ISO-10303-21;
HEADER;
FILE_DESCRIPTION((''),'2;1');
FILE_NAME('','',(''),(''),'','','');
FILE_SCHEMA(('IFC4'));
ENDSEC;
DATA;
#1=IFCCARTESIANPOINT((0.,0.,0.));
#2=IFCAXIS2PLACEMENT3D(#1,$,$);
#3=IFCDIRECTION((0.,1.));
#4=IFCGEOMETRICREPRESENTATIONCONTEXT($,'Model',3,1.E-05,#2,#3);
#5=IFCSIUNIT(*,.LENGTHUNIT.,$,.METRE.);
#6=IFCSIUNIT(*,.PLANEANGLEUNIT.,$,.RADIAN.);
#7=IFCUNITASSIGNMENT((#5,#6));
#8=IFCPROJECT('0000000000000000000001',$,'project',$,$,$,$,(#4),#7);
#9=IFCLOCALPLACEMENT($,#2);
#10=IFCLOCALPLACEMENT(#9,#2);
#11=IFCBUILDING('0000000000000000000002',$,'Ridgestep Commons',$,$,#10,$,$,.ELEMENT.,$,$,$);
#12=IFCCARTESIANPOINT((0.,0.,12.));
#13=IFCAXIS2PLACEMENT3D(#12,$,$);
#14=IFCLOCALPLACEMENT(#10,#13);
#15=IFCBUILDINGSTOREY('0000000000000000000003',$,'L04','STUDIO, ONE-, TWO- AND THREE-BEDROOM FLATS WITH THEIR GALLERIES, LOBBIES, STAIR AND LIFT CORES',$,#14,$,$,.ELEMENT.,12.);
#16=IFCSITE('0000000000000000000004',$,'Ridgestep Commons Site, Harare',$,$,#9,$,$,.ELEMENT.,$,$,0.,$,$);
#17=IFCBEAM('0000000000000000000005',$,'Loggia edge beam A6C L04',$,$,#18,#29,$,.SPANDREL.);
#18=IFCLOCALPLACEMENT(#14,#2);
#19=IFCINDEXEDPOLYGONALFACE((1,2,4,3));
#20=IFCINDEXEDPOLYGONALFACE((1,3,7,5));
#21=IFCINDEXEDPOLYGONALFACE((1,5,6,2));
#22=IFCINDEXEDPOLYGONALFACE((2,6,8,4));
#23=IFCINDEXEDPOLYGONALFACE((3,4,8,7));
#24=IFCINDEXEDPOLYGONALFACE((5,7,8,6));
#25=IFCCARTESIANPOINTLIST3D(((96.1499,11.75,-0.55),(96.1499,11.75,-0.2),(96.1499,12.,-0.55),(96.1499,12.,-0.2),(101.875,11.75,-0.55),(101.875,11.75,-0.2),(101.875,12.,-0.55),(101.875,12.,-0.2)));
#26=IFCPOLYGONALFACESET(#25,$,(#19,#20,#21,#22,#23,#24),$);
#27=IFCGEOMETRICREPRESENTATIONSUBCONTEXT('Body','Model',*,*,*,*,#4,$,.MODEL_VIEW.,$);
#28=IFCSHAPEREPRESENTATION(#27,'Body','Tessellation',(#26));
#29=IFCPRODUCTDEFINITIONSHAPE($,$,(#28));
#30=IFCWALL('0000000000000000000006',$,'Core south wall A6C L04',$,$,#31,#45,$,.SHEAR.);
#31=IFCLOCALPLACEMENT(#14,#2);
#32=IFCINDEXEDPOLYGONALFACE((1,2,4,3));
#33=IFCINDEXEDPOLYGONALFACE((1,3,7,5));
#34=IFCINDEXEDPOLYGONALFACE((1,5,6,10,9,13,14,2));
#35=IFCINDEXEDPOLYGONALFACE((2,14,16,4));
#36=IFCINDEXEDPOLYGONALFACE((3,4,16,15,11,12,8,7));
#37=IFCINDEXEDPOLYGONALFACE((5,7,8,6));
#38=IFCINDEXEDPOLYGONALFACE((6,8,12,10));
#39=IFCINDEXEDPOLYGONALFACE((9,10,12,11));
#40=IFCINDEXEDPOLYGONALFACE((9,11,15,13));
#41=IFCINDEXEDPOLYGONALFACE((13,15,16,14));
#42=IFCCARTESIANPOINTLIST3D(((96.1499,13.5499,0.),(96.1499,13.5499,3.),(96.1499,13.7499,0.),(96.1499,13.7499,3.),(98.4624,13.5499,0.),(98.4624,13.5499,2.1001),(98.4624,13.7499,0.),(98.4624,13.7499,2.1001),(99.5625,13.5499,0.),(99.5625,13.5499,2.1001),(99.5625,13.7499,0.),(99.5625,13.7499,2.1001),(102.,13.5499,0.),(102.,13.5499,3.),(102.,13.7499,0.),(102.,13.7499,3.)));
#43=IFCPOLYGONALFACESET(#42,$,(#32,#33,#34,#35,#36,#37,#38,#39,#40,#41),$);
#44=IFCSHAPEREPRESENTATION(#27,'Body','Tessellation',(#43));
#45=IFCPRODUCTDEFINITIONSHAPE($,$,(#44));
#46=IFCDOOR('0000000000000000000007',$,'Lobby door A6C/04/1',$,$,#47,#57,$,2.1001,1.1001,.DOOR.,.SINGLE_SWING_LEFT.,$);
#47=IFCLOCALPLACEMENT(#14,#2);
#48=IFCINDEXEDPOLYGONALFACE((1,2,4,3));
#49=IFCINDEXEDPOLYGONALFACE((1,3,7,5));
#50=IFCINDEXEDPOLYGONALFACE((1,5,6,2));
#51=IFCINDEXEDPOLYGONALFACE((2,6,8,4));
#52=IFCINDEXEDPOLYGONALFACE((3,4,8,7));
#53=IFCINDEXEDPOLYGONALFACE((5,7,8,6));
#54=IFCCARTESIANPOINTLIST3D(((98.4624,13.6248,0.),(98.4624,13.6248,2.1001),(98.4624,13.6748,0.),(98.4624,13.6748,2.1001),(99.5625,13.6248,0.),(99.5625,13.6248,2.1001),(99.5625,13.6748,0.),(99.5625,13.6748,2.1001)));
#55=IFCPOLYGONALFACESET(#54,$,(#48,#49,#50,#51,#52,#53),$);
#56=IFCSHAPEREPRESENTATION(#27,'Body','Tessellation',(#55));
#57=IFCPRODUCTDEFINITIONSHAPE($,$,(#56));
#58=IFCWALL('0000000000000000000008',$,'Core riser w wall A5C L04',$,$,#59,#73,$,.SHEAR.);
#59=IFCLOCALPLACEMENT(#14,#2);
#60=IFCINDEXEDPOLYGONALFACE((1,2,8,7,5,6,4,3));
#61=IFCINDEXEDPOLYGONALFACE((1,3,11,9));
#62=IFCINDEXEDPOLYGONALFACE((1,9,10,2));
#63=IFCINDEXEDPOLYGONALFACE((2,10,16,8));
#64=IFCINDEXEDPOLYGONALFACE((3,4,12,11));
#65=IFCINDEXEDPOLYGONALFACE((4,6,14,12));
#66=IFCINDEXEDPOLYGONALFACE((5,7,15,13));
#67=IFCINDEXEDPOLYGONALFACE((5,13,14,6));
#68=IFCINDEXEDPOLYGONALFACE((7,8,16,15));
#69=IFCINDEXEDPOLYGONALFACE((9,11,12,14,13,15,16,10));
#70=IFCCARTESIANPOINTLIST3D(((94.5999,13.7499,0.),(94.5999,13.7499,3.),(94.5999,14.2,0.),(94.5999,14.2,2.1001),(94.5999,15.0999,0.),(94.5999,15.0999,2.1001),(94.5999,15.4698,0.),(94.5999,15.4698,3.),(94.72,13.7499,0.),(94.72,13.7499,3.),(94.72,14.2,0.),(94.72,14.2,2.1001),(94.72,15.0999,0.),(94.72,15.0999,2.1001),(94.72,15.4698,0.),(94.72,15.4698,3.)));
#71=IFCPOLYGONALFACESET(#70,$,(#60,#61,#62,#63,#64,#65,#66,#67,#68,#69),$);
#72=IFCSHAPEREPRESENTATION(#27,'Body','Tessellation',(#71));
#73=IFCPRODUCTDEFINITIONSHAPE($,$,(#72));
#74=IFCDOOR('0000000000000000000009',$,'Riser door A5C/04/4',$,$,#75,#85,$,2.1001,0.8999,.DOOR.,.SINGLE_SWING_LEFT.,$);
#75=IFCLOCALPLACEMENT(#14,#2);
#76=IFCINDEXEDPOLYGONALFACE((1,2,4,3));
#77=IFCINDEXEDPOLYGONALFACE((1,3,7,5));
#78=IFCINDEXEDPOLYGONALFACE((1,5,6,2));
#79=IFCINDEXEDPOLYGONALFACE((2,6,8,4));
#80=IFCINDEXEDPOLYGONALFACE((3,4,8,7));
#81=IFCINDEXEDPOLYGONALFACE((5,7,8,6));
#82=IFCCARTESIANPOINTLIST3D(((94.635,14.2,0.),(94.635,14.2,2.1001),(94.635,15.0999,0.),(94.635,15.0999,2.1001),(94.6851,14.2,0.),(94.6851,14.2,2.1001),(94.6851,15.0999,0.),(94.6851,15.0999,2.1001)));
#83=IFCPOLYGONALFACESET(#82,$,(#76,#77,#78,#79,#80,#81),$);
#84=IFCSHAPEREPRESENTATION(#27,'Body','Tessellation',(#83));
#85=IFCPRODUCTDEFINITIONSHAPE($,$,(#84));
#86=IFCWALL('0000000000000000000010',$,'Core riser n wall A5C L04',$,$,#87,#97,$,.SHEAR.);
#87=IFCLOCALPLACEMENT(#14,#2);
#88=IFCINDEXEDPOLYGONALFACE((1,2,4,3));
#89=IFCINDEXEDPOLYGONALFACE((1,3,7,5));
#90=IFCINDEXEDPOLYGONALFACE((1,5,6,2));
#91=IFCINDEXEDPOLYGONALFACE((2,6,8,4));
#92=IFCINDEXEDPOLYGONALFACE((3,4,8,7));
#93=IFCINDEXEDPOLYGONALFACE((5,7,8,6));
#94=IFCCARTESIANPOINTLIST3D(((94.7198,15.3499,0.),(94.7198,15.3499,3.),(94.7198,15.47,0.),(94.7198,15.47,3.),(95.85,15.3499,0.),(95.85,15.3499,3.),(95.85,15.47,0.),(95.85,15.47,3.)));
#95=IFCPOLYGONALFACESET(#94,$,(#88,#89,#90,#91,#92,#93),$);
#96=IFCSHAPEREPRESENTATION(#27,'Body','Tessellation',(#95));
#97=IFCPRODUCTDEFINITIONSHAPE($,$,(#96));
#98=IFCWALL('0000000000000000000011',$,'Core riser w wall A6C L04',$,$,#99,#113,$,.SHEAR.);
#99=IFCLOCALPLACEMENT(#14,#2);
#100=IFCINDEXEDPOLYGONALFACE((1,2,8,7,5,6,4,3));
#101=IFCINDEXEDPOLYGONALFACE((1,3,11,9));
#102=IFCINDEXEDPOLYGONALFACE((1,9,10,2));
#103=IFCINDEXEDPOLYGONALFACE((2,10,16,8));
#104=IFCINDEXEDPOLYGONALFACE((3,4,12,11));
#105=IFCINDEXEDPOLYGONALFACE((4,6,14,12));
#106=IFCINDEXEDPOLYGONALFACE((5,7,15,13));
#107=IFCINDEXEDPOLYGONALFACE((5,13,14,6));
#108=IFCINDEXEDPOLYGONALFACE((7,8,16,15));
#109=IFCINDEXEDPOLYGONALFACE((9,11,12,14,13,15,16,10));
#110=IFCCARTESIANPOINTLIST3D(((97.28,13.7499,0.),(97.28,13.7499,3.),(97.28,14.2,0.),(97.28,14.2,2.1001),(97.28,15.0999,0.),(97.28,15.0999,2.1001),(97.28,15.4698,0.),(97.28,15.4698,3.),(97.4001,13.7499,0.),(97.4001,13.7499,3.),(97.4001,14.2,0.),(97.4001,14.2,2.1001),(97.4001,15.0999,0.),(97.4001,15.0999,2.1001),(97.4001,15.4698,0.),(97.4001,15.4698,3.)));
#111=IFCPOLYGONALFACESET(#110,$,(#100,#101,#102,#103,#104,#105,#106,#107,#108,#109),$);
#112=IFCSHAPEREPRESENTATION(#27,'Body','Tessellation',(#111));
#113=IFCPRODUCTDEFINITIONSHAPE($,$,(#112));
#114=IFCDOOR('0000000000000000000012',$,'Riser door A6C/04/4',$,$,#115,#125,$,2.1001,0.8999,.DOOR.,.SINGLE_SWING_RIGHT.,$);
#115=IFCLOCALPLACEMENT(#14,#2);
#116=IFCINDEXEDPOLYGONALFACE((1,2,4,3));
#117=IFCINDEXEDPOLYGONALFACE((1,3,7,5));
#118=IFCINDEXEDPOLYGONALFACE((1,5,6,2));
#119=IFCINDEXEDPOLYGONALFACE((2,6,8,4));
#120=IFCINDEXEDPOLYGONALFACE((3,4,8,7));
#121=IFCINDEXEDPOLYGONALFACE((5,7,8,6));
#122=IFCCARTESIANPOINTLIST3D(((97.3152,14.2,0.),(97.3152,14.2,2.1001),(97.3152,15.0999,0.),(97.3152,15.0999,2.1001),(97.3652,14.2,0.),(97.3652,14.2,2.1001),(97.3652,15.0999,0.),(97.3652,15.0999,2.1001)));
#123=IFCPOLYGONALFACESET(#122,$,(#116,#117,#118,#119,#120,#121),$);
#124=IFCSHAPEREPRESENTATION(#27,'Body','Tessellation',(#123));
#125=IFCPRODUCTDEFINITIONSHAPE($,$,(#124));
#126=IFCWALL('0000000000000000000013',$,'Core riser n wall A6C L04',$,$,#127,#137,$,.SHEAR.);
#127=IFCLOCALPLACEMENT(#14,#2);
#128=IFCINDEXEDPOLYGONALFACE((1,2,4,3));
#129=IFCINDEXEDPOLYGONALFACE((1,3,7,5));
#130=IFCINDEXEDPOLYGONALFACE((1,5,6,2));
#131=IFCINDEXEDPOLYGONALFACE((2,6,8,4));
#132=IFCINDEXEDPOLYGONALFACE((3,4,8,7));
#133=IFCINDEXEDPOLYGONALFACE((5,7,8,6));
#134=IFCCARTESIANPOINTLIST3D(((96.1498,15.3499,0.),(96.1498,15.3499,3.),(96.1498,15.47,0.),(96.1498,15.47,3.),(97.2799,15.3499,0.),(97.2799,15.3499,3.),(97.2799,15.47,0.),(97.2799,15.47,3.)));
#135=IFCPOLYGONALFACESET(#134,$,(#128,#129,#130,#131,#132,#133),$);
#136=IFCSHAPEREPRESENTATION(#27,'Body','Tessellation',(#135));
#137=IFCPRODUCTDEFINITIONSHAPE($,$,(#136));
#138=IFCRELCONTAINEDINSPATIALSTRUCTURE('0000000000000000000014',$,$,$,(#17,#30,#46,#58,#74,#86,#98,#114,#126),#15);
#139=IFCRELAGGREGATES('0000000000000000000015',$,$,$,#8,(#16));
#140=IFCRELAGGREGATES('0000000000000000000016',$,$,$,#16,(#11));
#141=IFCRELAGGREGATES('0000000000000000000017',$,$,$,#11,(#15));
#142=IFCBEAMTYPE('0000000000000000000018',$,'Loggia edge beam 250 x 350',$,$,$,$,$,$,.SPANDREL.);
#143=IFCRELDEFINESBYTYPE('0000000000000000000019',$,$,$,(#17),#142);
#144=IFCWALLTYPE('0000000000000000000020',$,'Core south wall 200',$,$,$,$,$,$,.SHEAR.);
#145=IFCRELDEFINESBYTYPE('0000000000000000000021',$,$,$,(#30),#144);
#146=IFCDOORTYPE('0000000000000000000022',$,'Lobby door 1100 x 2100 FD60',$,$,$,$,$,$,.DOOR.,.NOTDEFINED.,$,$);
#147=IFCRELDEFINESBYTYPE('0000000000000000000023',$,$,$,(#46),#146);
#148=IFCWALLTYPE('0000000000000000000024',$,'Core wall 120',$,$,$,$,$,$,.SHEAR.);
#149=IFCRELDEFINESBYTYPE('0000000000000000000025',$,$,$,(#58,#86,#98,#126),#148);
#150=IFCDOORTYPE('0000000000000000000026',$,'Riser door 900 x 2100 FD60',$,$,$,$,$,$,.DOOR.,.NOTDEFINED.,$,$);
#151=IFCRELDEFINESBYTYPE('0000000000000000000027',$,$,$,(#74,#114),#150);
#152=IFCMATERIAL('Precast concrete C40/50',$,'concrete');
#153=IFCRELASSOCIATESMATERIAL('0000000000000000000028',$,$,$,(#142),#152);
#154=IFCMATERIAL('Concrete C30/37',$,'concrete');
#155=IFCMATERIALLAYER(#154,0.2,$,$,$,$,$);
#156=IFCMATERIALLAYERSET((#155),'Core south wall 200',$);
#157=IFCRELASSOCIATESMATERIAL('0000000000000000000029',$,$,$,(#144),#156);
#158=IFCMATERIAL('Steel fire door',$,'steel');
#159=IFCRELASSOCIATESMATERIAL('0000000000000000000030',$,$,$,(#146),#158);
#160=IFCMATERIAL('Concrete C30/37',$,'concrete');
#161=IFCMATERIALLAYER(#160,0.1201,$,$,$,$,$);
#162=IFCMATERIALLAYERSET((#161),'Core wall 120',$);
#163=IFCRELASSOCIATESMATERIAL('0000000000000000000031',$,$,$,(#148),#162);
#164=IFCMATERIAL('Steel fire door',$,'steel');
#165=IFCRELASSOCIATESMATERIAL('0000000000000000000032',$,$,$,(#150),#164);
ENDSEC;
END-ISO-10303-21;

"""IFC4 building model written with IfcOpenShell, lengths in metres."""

from ifc_helpers import new_model, si_unit, direction, frame, frame_2d, origin, origin_2d, place, context, subcontext, project, spatial, rectangle, extrude, material, layer, layer_set, material_profile, profile_set, type_object, element, fill, save


model = new_model("IFC4")

# Units and contexts
model_context = context("Model", 3, precision=1e-05, world=origin(), true_north=direction((0.0, 1.0)))
body_context = subcontext(model_context, "Body", "Model", "MODEL_VIEW")
ifc_project = project(units=[si_unit("LENGTHUNIT", "METRE"), si_unit("PLANEANGLEUNIT", "RADIAN")], contexts=[model_context])

# Site, building, storey
site_placement = place(None, origin())
site = spatial("IfcSite", under=ifc_project, at=site_placement, Name="Ridgestep Commons Site, Harare", CompositionType="ELEMENT", RefElevation=0.0)
building_placement = place(site_placement, origin())
building = spatial("IfcBuilding", under=site, at=building_placement, Name="Ridgestep Commons", CompositionType="ELEMENT")
storey_placement = place(building_placement, frame((0.0, 0.0, 12.0)))
storey = spatial("IfcBuildingStorey", under=building, at=storey_placement, Name="L04", Description="STUDIO, ONE-, TWO- AND THREE-BEDROOM FLATS WITH THEIR GALLERIES, LOBBIES, STAIR AND LIFT CORES", CompositionType="ELEMENT", Elevation=12.0)

# Beam
ifc_material_1 = material(Name="Precast concrete C40/50", Category="concrete")
ifc_material_profile = material_profile(ifc_material_1, rectangle(XDim=0.25, YDim=0.3501, at=origin_2d()), Name="PC 250x350")
ifc_profile_set = profile_set([ifc_material_profile], Name="Precast concrete C40/50")
beam_type = type_object("IfcBeamType", Name="Loggia edge beam 250 x 350", PredefinedType="SPANDREL", material=ifc_profile_set)
beam_placement = place(storey_placement, frame((96.1499, 11.875, -0.375), z_axis=(1.0, 0.0, 0.0), x_axis=(0.0, 1.0, 0.0)))
element("IfcBeam", 1, at=beam_placement, inside=storey, type_object=beam_type, Name="Loggia edge beam A6C L04", PredefinedType="SPANDREL", context=body_context, shape_type="SweptSolid", body=[
    extrude(rectangle(XDim=0.25, YDim=0.3501, at=origin_2d()), origin(), (0.0, 0.0, 1.0), 5.7251),
])

# Walls, openings, doors
ifc_material_2 = material(Name="Concrete C30/37", Category="concrete")
ifc_layer_1 = layer(ifc_material_2, 0.2)
ifc_layer_set_1 = layer_set([ifc_layer_1], Name="Core south wall 200")
wall_type_1 = type_object("IfcWallType", Name="Core south wall 200", PredefinedType="SHEAR", material=ifc_layer_set_1)
wall_1_placement = place(storey_placement, frame((96.1499, 13.6499, 0.0), z_axis=(0.0, 0.0, 1.0), x_axis=(1.0, 0.0, 0.0)))
wall_1 = element("IfcWall", 2, at=wall_1_placement, inside=storey, type_object=wall_type_1, Name="Core south wall A6C L04", PredefinedType="SHEAR", context=body_context, shape_type="SweptSolid", body=[
    extrude(rectangle(XDim=5.8501, YDim=0.2, at=frame_2d((2.925, 0.0))), origin(), (0.0, 0.0, 1.0), 3.0),
])
opening_1_placement = place(wall_1_placement, frame((2.3125, 0.0, 0.0)))
opening_1 = element("IfcOpeningElement", 3, at=opening_1_placement, cuts=wall_1, PredefinedType="OPENING", context=body_context, shape_type="SweptSolid", body=[
    extrude(rectangle(XDim=1.1001, YDim=2.1001, at=frame_2d((0.55, 1.05))), frame((0.0, 0.1099, 0.0), z_axis=(0.0, -1.0, 0.0), x_axis=(1.0, 0.0, 0.0)), (0.0, 0.0, 1.0), 0.22),
])
ifc_material_3 = material(Name="Steel fire door", Category="steel")
door_type_1 = type_object("IfcDoorType", Name="Lobby door 1100 x 2100 FD60", OperationType="NOTDEFINED", PredefinedType="DOOR", material=ifc_material_3)
door_1_placement = place(opening_1_placement, origin())
door_1 = element("IfcDoor", 4, at=door_1_placement, inside=storey, type_object=door_type_1, Name="Lobby door A6C/04/1", OperationType="SINGLE_SWING_LEFT", OverallHeight=2.1001, OverallWidth=1.1001, PredefinedType="DOOR", context=body_context, shape_type="SweptSolid", body=[
    extrude(rectangle(XDim=1.1001, YDim=2.1001, at=frame_2d((0.55, 1.05))), frame((0.0, 0.0249, 0.0), z_axis=(0.0, -1.0, 0.0), x_axis=(1.0, 0.0, 0.0)), (0.0, 0.0, 1.0), 0.05),
])
fill(opening_1, door_1)
ifc_material_4 = material(Name="Concrete C30/37", Category="concrete")
ifc_layer_2 = layer(ifc_material_4, 0.1201)
ifc_layer_set_2 = layer_set([ifc_layer_2], Name="Core wall 120")
wall_type_2 = type_object("IfcWallType", Name="Core wall 120", PredefinedType="SHEAR", material=ifc_layer_set_2)
wall_2_placement = place(storey_placement, frame((94.6599, 13.75, 0.0), z_axis=(0.0, 0.0, 1.0), x_axis=(0.0, 1.0, 0.0)))
wall_2 = element("IfcWall", 5, at=wall_2_placement, inside=storey, type_object=wall_type_2, Name="Core riser w wall A5C L04", PredefinedType="SHEAR", context=body_context, shape_type="SweptSolid", body=[
    extrude(rectangle(XDim=1.72, YDim=0.1201, at=frame_2d((0.8599, 0.0))), origin(), (0.0, 0.0, 1.0), 3.0),
])
opening_2_placement = place(wall_2_placement, frame((0.45, 0.0, 0.0)))
opening_2 = element("IfcOpeningElement", 6, at=opening_2_placement, cuts=wall_2, PredefinedType="OPENING", context=body_context, shape_type="SweptSolid", body=[
    extrude(rectangle(XDim=0.8999, YDim=2.1001, at=frame_2d((0.45, 1.05))), frame((0.0, 0.0701, 0.0), z_axis=(0.0, -1.0, 0.0), x_axis=(1.0, 0.0, 0.0)), (0.0, 0.0, 1.0), 0.1401),
])
ifc_material_5 = material(Name="Steel fire door", Category="steel")
door_type_2 = type_object("IfcDoorType", Name="Riser door 900 x 2100 FD60", OperationType="NOTDEFINED", PredefinedType="DOOR", material=ifc_material_5)
door_2_placement = place(opening_2_placement, origin())
door_2 = element("IfcDoor", 7, at=door_2_placement, inside=storey, type_object=door_type_2, Name="Riser door A5C/04/4", OperationType="SINGLE_SWING_LEFT", OverallHeight=2.1001, OverallWidth=0.8999, PredefinedType="DOOR", context=body_context, shape_type="SweptSolid", body=[
    extrude(rectangle(XDim=0.8999, YDim=2.1001, at=frame_2d((0.45, 1.05))), frame((0.0, 0.0249, 0.0), z_axis=(0.0, -1.0, 0.0), x_axis=(1.0, 0.0, 0.0)), (0.0, 0.0, 1.0), 0.05),
])
fill(opening_2, door_2)

# Wall
wall_3_placement = place(storey_placement, frame((94.72, 15.4099, 0.0), z_axis=(0.0, 0.0, 1.0), x_axis=(1.0, 0.0, 0.0)))
element("IfcWall", 8, at=wall_3_placement, inside=storey, type_object=wall_type_2, Name="Core riser n wall A5C L04", PredefinedType="SHEAR", context=body_context, shape_type="SweptSolid", body=[
    extrude(rectangle(XDim=1.1301, YDim=0.1201, at=frame_2d((0.5649, 0.0))), origin(), (0.0, 0.0, 1.0), 3.0),
])

# Wall, opening, door
wall_4_placement = place(storey_placement, frame((97.3401, 13.75, 0.0), z_axis=(0.0, 0.0, 1.0), x_axis=(0.0, 1.0, 0.0)))
wall_4 = element("IfcWall", 9, at=wall_4_placement, inside=storey, type_object=wall_type_2, Name="Core riser w wall A6C L04", PredefinedType="SHEAR", context=body_context, shape_type="SweptSolid", body=[
    extrude(rectangle(XDim=1.72, YDim=0.1201, at=frame_2d((0.8599, 0.0))), origin(), (0.0, 0.0, 1.0), 3.0),
])
opening_3_placement = place(wall_4_placement, frame((0.45, 0.0, 0.0)))
opening_3 = element("IfcOpeningElement", 10, at=opening_3_placement, cuts=wall_4, PredefinedType="OPENING", context=body_context, shape_type="SweptSolid", body=[
    extrude(rectangle(XDim=0.8999, YDim=2.1001, at=frame_2d((0.45, 1.05))), frame((0.0, 0.0701, 0.0), z_axis=(0.0, -1.0, 0.0), x_axis=(1.0, 0.0, 0.0)), (0.0, 0.0, 1.0), 0.1401),
])
door_3_placement = place(opening_3_placement, origin())
door_3 = element("IfcDoor", 11, at=door_3_placement, inside=storey, type_object=door_type_2, Name="Riser door A6C/04/4", OperationType="SINGLE_SWING_RIGHT", OverallHeight=2.1001, OverallWidth=0.8999, PredefinedType="DOOR", context=body_context, shape_type="SweptSolid", body=[
    extrude(rectangle(XDim=0.8999, YDim=2.1001, at=frame_2d((0.45, 1.05))), frame((0.0, 0.0249, 0.0), z_axis=(0.0, -1.0, 0.0), x_axis=(1.0, 0.0, 0.0)), (0.0, 0.0, 1.0), 0.05),
])
fill(opening_3, door_3)

# Wall
wall_5_placement = place(storey_placement, frame((96.1499, 15.4099, 0.0), z_axis=(0.0, 0.0, 1.0), x_axis=(1.0, 0.0, 0.0)))
element("IfcWall", 12, at=wall_5_placement, inside=storey, type_object=wall_type_2, Name="Core riser n wall A6C L04", PredefinedType="SHEAR", context=body_context, shape_type="SweptSolid", body=[
    extrude(rectangle(XDim=1.1301, YDim=0.1201, at=frame_2d((0.5649, 0.0))), origin(), (0.0, 0.0, 1.0), 3.0),
])

save(model, "model.ifc")
